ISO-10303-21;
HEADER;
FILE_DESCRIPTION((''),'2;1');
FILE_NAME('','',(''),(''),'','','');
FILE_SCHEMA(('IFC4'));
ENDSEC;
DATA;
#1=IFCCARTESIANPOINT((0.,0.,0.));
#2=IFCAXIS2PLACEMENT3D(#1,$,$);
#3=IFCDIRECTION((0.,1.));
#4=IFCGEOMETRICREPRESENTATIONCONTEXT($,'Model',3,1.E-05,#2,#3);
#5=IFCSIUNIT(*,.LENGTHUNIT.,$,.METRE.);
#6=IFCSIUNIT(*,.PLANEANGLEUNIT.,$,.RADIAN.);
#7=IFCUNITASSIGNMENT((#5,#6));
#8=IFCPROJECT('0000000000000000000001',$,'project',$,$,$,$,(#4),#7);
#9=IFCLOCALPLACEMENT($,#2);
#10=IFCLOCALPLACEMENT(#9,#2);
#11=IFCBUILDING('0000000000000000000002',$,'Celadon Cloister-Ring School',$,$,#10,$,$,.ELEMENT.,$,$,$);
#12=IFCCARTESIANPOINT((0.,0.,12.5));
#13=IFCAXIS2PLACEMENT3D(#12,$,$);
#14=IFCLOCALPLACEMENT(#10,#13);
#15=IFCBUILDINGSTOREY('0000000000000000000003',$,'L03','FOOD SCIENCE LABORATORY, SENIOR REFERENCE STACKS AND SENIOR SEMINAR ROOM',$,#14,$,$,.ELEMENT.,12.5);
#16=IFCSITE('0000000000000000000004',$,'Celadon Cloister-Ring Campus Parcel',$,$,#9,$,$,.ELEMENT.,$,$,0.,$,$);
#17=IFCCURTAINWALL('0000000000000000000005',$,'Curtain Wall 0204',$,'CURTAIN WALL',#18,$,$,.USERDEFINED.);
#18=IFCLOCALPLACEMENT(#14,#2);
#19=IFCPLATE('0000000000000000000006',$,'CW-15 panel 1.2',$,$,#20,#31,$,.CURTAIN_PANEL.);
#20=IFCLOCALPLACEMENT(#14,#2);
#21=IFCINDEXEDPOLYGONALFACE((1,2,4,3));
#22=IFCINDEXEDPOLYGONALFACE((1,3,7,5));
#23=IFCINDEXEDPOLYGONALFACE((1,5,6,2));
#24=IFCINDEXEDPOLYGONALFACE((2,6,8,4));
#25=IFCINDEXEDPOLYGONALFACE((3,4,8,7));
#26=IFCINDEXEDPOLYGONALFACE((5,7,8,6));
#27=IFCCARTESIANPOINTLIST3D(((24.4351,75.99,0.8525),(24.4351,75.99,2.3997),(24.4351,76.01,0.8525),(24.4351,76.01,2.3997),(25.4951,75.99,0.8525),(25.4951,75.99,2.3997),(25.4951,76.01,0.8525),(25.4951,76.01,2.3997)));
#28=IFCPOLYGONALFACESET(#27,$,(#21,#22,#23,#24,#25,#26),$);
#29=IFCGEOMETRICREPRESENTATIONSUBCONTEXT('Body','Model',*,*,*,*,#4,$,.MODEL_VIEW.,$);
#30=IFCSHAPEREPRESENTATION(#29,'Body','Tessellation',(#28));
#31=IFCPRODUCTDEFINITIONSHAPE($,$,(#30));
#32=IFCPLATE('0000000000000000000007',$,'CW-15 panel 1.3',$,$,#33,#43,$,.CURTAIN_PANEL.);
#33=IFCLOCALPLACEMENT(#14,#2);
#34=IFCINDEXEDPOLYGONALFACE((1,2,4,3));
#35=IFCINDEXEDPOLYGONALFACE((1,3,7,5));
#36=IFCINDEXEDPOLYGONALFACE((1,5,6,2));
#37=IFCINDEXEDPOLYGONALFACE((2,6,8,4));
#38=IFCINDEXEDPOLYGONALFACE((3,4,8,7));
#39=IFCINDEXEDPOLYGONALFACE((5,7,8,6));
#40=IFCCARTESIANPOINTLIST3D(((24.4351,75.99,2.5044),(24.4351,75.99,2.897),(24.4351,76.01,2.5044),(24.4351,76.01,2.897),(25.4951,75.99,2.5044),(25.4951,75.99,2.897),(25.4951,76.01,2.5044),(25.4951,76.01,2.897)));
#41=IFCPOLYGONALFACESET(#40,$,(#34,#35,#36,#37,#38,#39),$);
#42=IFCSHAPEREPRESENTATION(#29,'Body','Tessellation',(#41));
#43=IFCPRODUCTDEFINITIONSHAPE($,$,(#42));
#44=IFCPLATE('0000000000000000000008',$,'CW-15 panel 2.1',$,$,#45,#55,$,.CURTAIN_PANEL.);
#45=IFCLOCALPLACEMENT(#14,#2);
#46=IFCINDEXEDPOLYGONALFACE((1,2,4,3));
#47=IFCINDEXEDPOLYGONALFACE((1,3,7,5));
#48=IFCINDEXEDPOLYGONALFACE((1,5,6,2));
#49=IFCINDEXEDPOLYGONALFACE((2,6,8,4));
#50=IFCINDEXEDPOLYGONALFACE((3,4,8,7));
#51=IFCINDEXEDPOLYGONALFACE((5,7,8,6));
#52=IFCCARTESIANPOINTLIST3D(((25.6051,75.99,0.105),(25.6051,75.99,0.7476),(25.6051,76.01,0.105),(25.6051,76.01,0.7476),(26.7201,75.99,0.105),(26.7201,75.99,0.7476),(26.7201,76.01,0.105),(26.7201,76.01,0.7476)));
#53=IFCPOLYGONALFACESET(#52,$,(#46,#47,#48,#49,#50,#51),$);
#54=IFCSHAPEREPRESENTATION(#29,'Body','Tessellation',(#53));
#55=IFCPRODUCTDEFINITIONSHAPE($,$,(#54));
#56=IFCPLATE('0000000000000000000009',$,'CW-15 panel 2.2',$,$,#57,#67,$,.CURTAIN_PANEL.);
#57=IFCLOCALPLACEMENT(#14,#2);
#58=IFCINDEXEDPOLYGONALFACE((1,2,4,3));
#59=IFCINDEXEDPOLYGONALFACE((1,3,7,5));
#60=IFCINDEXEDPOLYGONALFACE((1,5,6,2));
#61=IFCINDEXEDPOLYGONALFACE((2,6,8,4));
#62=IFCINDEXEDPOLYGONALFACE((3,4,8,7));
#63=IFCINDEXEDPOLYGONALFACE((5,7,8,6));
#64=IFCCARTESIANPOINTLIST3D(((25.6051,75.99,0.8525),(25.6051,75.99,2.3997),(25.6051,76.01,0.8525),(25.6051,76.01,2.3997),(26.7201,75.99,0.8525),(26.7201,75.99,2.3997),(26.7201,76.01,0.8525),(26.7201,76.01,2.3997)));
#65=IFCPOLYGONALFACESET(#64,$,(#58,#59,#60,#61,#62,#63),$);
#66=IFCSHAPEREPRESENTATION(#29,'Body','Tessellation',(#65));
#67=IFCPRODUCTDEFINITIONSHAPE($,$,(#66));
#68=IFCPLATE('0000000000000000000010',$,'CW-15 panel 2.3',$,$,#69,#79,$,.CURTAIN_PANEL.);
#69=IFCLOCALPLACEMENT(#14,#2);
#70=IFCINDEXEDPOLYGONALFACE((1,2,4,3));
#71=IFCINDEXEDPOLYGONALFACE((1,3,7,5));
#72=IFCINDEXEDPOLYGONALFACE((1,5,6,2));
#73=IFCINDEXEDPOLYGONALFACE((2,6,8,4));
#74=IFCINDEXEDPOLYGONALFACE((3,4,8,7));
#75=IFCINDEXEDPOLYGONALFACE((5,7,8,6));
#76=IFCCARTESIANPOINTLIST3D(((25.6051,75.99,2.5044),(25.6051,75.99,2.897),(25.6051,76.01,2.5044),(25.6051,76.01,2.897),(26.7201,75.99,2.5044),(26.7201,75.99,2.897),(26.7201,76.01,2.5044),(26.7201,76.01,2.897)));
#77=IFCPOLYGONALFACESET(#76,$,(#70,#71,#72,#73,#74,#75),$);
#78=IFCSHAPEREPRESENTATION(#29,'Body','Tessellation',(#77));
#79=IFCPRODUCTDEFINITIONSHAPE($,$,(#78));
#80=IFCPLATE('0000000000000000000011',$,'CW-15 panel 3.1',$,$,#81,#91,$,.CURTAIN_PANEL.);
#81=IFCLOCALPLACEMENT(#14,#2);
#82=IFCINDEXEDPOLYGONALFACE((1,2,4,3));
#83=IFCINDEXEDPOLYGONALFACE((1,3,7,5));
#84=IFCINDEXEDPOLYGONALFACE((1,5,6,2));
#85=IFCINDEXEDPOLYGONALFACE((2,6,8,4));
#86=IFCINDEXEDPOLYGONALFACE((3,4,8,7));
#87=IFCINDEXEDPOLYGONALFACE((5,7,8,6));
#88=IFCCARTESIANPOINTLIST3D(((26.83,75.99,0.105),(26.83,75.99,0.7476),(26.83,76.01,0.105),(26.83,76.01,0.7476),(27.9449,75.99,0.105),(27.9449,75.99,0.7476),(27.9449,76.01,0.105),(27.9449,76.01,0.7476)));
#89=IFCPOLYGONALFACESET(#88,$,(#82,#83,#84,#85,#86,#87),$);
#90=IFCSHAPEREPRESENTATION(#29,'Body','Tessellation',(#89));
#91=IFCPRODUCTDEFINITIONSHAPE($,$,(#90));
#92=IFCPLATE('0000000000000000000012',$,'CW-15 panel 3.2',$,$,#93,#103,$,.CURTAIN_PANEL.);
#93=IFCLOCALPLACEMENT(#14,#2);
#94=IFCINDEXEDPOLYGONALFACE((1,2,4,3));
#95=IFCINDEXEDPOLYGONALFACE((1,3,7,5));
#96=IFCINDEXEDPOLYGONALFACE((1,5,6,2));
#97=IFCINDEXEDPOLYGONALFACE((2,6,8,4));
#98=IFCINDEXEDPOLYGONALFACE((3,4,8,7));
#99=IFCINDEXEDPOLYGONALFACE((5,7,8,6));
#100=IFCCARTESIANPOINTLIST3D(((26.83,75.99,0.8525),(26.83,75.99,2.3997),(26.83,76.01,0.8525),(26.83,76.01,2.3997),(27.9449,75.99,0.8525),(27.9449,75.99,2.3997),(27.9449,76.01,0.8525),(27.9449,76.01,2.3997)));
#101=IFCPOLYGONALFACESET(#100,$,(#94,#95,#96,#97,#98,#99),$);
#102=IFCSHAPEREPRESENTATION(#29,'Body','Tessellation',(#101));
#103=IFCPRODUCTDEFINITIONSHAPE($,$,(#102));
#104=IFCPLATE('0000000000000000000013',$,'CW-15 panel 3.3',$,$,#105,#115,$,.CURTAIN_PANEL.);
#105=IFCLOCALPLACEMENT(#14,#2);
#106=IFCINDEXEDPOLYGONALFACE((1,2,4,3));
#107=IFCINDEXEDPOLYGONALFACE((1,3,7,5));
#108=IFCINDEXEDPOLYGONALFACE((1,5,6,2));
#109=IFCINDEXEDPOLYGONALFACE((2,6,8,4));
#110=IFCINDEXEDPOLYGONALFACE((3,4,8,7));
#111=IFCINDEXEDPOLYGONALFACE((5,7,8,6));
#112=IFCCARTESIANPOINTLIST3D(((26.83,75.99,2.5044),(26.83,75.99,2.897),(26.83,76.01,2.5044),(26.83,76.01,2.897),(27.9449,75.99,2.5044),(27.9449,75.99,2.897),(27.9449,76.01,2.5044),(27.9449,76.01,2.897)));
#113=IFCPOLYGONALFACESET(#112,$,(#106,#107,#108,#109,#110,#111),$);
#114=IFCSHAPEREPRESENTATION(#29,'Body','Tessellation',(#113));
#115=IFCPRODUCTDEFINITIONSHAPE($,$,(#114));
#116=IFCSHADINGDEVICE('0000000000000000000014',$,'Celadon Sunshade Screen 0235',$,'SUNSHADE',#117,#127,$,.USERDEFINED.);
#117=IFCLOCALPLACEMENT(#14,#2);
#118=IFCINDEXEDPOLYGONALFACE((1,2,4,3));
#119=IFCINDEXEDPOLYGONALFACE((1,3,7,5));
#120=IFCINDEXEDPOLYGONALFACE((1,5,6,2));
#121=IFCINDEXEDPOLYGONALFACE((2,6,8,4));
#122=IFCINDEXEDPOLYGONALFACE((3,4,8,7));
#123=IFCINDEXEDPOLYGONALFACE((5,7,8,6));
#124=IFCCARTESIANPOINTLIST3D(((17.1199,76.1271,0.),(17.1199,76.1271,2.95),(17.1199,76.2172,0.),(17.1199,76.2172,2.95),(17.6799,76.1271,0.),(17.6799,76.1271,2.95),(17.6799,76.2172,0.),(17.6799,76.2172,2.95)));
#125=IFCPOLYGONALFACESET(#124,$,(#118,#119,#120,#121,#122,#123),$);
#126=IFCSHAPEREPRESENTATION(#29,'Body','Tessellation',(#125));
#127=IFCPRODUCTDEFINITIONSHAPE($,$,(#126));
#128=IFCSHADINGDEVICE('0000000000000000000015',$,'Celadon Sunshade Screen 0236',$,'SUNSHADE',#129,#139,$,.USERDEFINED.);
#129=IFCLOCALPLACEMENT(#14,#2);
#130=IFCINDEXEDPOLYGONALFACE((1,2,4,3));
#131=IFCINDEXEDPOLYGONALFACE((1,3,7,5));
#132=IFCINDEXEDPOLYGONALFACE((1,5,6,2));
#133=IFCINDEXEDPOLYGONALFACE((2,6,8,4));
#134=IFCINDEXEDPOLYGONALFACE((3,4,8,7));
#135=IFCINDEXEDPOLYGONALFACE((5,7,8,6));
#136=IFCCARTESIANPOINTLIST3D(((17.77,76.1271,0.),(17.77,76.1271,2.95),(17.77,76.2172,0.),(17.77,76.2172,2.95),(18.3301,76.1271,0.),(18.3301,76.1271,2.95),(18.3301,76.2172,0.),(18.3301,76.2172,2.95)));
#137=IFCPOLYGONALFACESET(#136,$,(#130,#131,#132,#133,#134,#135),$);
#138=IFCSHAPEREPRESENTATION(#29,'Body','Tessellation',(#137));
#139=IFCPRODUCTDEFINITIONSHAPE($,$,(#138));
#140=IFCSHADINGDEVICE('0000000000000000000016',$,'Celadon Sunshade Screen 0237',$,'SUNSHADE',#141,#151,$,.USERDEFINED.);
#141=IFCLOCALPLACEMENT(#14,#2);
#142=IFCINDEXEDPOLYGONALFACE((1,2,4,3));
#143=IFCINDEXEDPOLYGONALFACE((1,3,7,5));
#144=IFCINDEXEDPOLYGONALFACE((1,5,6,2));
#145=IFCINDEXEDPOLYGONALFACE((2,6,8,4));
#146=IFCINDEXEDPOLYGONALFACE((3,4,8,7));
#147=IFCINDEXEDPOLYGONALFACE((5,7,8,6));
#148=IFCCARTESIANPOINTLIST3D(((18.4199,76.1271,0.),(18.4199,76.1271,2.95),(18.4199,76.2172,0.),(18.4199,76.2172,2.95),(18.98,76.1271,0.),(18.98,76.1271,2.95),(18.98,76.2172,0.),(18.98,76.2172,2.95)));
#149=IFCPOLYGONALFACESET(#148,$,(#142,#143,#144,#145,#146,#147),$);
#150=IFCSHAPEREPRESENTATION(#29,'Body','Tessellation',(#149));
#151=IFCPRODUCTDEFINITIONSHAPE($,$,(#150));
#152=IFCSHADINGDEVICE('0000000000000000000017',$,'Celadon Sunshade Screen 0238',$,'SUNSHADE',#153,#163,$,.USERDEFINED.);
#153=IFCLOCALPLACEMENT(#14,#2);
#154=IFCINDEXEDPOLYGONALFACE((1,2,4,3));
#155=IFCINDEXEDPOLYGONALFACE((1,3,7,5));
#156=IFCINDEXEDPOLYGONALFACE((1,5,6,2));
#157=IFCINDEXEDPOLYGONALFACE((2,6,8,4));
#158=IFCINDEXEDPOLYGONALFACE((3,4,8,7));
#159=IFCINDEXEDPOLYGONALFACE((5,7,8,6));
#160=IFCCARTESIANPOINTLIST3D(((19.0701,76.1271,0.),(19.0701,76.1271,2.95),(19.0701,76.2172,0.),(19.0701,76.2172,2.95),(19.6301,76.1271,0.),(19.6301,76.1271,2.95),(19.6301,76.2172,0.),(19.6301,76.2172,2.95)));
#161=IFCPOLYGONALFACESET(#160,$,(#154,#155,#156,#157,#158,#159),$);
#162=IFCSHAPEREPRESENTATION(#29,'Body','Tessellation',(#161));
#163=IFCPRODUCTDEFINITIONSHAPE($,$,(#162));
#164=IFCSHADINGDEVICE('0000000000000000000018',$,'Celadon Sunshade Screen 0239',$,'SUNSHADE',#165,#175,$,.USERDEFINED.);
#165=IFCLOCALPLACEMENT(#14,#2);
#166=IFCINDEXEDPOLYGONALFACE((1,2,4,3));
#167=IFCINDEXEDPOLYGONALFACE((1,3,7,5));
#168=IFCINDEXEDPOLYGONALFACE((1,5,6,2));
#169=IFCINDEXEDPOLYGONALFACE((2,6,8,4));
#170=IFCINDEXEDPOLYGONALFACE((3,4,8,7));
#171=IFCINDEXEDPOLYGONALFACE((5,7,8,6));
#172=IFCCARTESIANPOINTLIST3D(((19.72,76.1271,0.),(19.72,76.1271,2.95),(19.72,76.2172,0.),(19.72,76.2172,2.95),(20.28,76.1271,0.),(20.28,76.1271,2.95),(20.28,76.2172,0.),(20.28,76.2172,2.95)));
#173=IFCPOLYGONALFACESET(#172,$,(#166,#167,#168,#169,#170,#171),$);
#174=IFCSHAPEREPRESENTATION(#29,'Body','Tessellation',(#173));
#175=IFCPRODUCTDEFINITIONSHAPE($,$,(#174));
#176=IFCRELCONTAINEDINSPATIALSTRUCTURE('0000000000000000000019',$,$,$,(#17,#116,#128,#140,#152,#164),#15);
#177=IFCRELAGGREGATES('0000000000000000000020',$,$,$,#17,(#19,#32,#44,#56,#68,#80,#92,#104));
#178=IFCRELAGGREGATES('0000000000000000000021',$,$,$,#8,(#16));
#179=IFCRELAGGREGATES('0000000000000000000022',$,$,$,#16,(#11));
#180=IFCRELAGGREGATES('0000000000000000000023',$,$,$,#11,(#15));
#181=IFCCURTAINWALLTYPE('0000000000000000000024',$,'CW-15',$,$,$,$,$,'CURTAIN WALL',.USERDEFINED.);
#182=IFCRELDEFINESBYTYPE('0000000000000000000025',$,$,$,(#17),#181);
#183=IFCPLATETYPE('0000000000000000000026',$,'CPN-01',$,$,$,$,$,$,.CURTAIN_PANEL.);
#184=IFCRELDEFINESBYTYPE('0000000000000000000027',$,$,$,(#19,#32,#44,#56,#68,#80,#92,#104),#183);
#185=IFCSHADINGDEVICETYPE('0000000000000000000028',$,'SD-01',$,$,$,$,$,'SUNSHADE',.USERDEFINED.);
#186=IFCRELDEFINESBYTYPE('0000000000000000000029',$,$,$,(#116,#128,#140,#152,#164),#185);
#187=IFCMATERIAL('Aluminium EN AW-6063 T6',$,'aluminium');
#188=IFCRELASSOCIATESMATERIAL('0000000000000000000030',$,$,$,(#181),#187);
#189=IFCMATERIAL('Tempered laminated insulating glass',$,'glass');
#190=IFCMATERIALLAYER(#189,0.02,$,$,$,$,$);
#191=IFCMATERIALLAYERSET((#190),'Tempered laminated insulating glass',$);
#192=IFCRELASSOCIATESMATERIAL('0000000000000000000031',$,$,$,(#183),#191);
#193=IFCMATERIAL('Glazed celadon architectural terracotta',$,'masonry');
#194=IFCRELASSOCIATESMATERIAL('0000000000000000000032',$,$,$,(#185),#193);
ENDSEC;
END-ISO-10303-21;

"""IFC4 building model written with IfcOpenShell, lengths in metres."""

from ifc_helpers import new_model, si_unit, direction, frame, origin, origin_2d, place, context, subcontext, project, spatial, rectangle, extrude, material, layer, layer_set, type_object, element, aggregate, save


model = new_model("IFC4")

# Units and contexts
model_context = context("Model", 3, precision=1e-05, world=origin(), true_north=direction((0.0, 1.0)))
body_context = subcontext(model_context, "Body", "Model", "MODEL_VIEW")
ifc_project = project(units=[si_unit("LENGTHUNIT", "METRE"), si_unit("PLANEANGLEUNIT", "RADIAN")], contexts=[model_context])

# Site, building, storey
site_placement = place(None, origin())
site = spatial("IfcSite", under=ifc_project, at=site_placement, Name="Celadon Cloister-Ring Campus Parcel", CompositionType="ELEMENT", RefElevation=0.0)
building_placement = place(site_placement, origin())
building = spatial("IfcBuilding", under=site, at=building_placement, Name="Celadon Cloister-Ring School", CompositionType="ELEMENT")
storey_placement = place(building_placement, frame((0.0, 0.0, 12.5)))
storey = spatial("IfcBuildingStorey", under=building, at=storey_placement, Name="L03", Description="FOOD SCIENCE LABORATORY, SENIOR REFERENCE STACKS AND SENIOR SEMINAR ROOM", CompositionType="ELEMENT", Elevation=12.5)

# Curtain wall, plates
ifc_material_1 = material(Name="Aluminium EN AW-6063 T6", Category="aluminium")
curtain_wall_type = type_object("IfcCurtainWallType", Name="CW-15", ElementType="CURTAIN WALL", PredefinedType="USERDEFINED", material=ifc_material_1)
curtain_wall_placement = place(storey_placement, origin())
curtain_wall = element("IfcCurtainWall", 1, at=curtain_wall_placement, inside=storey, type_object=curtain_wall_type, Name="Curtain Wall 0204", ObjectType="CURTAIN WALL", PredefinedType="USERDEFINED")
ifc_material_2 = material(Name="Tempered laminated insulating glass", Category="glass")
ifc_layer = layer(ifc_material_2, 0.02)
ifc_layer_set = layer_set([ifc_layer], Name="Tempered laminated insulating glass")
plate_type = type_object("IfcPlateType", Name="CPN-01", PredefinedType="CURTAIN_PANEL", material=ifc_layer_set)
plate_1_placement = place(storey_placement, frame((24.9651, 76.0, 0.8525), z_axis=(0.0, 0.0, 1.0), x_axis=(1.0, 0.0, 0.0)))
plate_1 = element("IfcPlate", 2, at=plate_1_placement, type_object=plate_type, Name="CW-15 panel 1.2", PredefinedType="CURTAIN_PANEL", context=body_context, shape_type="SweptSolid", body=[
    extrude(rectangle(XDim=1.0601, YDim=0.02, at=origin_2d()), origin(), (0.0, 0.0, 1.0), 1.5471),
])
plate_2_placement = place(storey_placement, frame((24.9651, 76.0, 2.5044), z_axis=(0.0, 0.0, 1.0), x_axis=(1.0, 0.0, 0.0)))
plate_2 = element("IfcPlate", 3, at=plate_2_placement, type_object=plate_type, Name="CW-15 panel 1.3", PredefinedType="CURTAIN_PANEL", context=body_context, shape_type="SweptSolid", body=[
    extrude(rectangle(XDim=1.0601, YDim=0.02, at=origin_2d()), origin(), (0.0, 0.0, 1.0), 0.3926),
])
plate_3_placement = place(storey_placement, frame((26.1626, 76.0, 0.105), z_axis=(0.0, 0.0, 1.0), x_axis=(1.0, 0.0, 0.0)))
plate_3 = element("IfcPlate", 4, at=plate_3_placement, type_object=plate_type, Name="CW-15 panel 2.1", PredefinedType="CURTAIN_PANEL", context=body_context, shape_type="SweptSolid", body=[
    extrude(rectangle(XDim=1.115, YDim=0.02, at=origin_2d()), origin(), (0.0, 0.0, 1.0), 0.6426),
])
plate_4_placement = place(storey_placement, frame((26.1626, 76.0, 0.8525), z_axis=(0.0, 0.0, 1.0), x_axis=(1.0, 0.0, 0.0)))
plate_4 = element("IfcPlate", 5, at=plate_4_placement, type_object=plate_type, Name="CW-15 panel 2.2", PredefinedType="CURTAIN_PANEL", context=body_context, shape_type="SweptSolid", body=[
    extrude(rectangle(XDim=1.115, YDim=0.02, at=origin_2d()), origin(), (0.0, 0.0, 1.0), 1.5471),
])
plate_5_placement = place(storey_placement, frame((26.1626, 76.0, 2.5044), z_axis=(0.0, 0.0, 1.0), x_axis=(1.0, 0.0, 0.0)))
plate_5 = element("IfcPlate", 6, at=plate_5_placement, type_object=plate_type, Name="CW-15 panel 2.3", PredefinedType="CURTAIN_PANEL", context=body_context, shape_type="SweptSolid", body=[
    extrude(rectangle(XDim=1.115, YDim=0.02, at=origin_2d()), origin(), (0.0, 0.0, 1.0), 0.3926),
])
plate_6_placement = place(storey_placement, frame((27.3875, 76.0, 0.105), z_axis=(0.0, 0.0, 1.0), x_axis=(1.0, 0.0, 0.0)))
plate_6 = element("IfcPlate", 7, at=plate_6_placement, type_object=plate_type, Name="CW-15 panel 3.1", PredefinedType="CURTAIN_PANEL", context=body_context, shape_type="SweptSolid", body=[
    extrude(rectangle(XDim=1.115, YDim=0.02, at=origin_2d()), origin(), (0.0, 0.0, 1.0), 0.6426),
])
plate_7_placement = place(storey_placement, frame((27.3875, 76.0, 0.8525), z_axis=(0.0, 0.0, 1.0), x_axis=(1.0, 0.0, 0.0)))
plate_7 = element("IfcPlate", 8, at=plate_7_placement, type_object=plate_type, Name="CW-15 panel 3.2", PredefinedType="CURTAIN_PANEL", context=body_context, shape_type="SweptSolid", body=[
    extrude(rectangle(XDim=1.115, YDim=0.02, at=origin_2d()), origin(), (0.0, 0.0, 1.0), 1.5471),
])
plate_8_placement = place(storey_placement, frame((27.3875, 76.0, 2.5044), z_axis=(0.0, 0.0, 1.0), x_axis=(1.0, 0.0, 0.0)))
plate_8 = element("IfcPlate", 9, at=plate_8_placement, type_object=plate_type, Name="CW-15 panel 3.3", PredefinedType="CURTAIN_PANEL", context=body_context, shape_type="SweptSolid", body=[
    extrude(rectangle(XDim=1.115, YDim=0.02, at=origin_2d()), origin(), (0.0, 0.0, 1.0), 0.3926),
])
aggregate(curtain_wall, [plate_1, plate_2, plate_3, plate_4, plate_5, plate_6, plate_7, plate_8])

# Shading devices
ifc_material_3 = material(Name="Glazed celadon architectural terracotta", Category="masonry")
shading_device_type = type_object("IfcShadingDeviceType", Name="SD-01", ElementType="SUNSHADE", PredefinedType="USERDEFINED", material=ifc_material_3)
for number, where, z_axis, x_axis, name in (
    (10, (17.3999, 76.1721, 0.0), (0.0, 0.0, 1.0), (1.0, 0.0, 0.0), "Celadon Sunshade Screen 0235"),
    (11, (18.05, 76.1721, 0.0), (0.0, 0.0, 1.0), (1.0, 0.0, 0.0), "Celadon Sunshade Screen 0236"),
    (12, (18.7, 76.1721, 0.0), (0.0, 0.0, 1.0), (1.0, 0.0, 0.0), "Celadon Sunshade Screen 0237"),
    (13, (19.3501, 76.1721, 0.0), (0.0, 0.0, 1.0), (1.0, 0.0, 0.0), "Celadon Sunshade Screen 0238"),
    (14, (20.0, 76.1721, 0.0), (0.0, 0.0, 1.0), (1.0, 0.0, 0.0), "Celadon Sunshade Screen 0239"),
):
    element("IfcShadingDevice", number, at=place(storey_placement, frame(where, z_axis=z_axis, x_axis=x_axis)), inside=storey, type_object=shading_device_type, Name=name, ObjectType="SUNSHADE", PredefinedType="USERDEFINED", context=body_context, shape_type="SweptSolid", body=[
        extrude(rectangle(XDim=0.5601, YDim=0.0901, at=origin_2d()), origin(), (0.0, 0.0, 1.0), 2.95),
    ])

save(model, "model.ifc")
